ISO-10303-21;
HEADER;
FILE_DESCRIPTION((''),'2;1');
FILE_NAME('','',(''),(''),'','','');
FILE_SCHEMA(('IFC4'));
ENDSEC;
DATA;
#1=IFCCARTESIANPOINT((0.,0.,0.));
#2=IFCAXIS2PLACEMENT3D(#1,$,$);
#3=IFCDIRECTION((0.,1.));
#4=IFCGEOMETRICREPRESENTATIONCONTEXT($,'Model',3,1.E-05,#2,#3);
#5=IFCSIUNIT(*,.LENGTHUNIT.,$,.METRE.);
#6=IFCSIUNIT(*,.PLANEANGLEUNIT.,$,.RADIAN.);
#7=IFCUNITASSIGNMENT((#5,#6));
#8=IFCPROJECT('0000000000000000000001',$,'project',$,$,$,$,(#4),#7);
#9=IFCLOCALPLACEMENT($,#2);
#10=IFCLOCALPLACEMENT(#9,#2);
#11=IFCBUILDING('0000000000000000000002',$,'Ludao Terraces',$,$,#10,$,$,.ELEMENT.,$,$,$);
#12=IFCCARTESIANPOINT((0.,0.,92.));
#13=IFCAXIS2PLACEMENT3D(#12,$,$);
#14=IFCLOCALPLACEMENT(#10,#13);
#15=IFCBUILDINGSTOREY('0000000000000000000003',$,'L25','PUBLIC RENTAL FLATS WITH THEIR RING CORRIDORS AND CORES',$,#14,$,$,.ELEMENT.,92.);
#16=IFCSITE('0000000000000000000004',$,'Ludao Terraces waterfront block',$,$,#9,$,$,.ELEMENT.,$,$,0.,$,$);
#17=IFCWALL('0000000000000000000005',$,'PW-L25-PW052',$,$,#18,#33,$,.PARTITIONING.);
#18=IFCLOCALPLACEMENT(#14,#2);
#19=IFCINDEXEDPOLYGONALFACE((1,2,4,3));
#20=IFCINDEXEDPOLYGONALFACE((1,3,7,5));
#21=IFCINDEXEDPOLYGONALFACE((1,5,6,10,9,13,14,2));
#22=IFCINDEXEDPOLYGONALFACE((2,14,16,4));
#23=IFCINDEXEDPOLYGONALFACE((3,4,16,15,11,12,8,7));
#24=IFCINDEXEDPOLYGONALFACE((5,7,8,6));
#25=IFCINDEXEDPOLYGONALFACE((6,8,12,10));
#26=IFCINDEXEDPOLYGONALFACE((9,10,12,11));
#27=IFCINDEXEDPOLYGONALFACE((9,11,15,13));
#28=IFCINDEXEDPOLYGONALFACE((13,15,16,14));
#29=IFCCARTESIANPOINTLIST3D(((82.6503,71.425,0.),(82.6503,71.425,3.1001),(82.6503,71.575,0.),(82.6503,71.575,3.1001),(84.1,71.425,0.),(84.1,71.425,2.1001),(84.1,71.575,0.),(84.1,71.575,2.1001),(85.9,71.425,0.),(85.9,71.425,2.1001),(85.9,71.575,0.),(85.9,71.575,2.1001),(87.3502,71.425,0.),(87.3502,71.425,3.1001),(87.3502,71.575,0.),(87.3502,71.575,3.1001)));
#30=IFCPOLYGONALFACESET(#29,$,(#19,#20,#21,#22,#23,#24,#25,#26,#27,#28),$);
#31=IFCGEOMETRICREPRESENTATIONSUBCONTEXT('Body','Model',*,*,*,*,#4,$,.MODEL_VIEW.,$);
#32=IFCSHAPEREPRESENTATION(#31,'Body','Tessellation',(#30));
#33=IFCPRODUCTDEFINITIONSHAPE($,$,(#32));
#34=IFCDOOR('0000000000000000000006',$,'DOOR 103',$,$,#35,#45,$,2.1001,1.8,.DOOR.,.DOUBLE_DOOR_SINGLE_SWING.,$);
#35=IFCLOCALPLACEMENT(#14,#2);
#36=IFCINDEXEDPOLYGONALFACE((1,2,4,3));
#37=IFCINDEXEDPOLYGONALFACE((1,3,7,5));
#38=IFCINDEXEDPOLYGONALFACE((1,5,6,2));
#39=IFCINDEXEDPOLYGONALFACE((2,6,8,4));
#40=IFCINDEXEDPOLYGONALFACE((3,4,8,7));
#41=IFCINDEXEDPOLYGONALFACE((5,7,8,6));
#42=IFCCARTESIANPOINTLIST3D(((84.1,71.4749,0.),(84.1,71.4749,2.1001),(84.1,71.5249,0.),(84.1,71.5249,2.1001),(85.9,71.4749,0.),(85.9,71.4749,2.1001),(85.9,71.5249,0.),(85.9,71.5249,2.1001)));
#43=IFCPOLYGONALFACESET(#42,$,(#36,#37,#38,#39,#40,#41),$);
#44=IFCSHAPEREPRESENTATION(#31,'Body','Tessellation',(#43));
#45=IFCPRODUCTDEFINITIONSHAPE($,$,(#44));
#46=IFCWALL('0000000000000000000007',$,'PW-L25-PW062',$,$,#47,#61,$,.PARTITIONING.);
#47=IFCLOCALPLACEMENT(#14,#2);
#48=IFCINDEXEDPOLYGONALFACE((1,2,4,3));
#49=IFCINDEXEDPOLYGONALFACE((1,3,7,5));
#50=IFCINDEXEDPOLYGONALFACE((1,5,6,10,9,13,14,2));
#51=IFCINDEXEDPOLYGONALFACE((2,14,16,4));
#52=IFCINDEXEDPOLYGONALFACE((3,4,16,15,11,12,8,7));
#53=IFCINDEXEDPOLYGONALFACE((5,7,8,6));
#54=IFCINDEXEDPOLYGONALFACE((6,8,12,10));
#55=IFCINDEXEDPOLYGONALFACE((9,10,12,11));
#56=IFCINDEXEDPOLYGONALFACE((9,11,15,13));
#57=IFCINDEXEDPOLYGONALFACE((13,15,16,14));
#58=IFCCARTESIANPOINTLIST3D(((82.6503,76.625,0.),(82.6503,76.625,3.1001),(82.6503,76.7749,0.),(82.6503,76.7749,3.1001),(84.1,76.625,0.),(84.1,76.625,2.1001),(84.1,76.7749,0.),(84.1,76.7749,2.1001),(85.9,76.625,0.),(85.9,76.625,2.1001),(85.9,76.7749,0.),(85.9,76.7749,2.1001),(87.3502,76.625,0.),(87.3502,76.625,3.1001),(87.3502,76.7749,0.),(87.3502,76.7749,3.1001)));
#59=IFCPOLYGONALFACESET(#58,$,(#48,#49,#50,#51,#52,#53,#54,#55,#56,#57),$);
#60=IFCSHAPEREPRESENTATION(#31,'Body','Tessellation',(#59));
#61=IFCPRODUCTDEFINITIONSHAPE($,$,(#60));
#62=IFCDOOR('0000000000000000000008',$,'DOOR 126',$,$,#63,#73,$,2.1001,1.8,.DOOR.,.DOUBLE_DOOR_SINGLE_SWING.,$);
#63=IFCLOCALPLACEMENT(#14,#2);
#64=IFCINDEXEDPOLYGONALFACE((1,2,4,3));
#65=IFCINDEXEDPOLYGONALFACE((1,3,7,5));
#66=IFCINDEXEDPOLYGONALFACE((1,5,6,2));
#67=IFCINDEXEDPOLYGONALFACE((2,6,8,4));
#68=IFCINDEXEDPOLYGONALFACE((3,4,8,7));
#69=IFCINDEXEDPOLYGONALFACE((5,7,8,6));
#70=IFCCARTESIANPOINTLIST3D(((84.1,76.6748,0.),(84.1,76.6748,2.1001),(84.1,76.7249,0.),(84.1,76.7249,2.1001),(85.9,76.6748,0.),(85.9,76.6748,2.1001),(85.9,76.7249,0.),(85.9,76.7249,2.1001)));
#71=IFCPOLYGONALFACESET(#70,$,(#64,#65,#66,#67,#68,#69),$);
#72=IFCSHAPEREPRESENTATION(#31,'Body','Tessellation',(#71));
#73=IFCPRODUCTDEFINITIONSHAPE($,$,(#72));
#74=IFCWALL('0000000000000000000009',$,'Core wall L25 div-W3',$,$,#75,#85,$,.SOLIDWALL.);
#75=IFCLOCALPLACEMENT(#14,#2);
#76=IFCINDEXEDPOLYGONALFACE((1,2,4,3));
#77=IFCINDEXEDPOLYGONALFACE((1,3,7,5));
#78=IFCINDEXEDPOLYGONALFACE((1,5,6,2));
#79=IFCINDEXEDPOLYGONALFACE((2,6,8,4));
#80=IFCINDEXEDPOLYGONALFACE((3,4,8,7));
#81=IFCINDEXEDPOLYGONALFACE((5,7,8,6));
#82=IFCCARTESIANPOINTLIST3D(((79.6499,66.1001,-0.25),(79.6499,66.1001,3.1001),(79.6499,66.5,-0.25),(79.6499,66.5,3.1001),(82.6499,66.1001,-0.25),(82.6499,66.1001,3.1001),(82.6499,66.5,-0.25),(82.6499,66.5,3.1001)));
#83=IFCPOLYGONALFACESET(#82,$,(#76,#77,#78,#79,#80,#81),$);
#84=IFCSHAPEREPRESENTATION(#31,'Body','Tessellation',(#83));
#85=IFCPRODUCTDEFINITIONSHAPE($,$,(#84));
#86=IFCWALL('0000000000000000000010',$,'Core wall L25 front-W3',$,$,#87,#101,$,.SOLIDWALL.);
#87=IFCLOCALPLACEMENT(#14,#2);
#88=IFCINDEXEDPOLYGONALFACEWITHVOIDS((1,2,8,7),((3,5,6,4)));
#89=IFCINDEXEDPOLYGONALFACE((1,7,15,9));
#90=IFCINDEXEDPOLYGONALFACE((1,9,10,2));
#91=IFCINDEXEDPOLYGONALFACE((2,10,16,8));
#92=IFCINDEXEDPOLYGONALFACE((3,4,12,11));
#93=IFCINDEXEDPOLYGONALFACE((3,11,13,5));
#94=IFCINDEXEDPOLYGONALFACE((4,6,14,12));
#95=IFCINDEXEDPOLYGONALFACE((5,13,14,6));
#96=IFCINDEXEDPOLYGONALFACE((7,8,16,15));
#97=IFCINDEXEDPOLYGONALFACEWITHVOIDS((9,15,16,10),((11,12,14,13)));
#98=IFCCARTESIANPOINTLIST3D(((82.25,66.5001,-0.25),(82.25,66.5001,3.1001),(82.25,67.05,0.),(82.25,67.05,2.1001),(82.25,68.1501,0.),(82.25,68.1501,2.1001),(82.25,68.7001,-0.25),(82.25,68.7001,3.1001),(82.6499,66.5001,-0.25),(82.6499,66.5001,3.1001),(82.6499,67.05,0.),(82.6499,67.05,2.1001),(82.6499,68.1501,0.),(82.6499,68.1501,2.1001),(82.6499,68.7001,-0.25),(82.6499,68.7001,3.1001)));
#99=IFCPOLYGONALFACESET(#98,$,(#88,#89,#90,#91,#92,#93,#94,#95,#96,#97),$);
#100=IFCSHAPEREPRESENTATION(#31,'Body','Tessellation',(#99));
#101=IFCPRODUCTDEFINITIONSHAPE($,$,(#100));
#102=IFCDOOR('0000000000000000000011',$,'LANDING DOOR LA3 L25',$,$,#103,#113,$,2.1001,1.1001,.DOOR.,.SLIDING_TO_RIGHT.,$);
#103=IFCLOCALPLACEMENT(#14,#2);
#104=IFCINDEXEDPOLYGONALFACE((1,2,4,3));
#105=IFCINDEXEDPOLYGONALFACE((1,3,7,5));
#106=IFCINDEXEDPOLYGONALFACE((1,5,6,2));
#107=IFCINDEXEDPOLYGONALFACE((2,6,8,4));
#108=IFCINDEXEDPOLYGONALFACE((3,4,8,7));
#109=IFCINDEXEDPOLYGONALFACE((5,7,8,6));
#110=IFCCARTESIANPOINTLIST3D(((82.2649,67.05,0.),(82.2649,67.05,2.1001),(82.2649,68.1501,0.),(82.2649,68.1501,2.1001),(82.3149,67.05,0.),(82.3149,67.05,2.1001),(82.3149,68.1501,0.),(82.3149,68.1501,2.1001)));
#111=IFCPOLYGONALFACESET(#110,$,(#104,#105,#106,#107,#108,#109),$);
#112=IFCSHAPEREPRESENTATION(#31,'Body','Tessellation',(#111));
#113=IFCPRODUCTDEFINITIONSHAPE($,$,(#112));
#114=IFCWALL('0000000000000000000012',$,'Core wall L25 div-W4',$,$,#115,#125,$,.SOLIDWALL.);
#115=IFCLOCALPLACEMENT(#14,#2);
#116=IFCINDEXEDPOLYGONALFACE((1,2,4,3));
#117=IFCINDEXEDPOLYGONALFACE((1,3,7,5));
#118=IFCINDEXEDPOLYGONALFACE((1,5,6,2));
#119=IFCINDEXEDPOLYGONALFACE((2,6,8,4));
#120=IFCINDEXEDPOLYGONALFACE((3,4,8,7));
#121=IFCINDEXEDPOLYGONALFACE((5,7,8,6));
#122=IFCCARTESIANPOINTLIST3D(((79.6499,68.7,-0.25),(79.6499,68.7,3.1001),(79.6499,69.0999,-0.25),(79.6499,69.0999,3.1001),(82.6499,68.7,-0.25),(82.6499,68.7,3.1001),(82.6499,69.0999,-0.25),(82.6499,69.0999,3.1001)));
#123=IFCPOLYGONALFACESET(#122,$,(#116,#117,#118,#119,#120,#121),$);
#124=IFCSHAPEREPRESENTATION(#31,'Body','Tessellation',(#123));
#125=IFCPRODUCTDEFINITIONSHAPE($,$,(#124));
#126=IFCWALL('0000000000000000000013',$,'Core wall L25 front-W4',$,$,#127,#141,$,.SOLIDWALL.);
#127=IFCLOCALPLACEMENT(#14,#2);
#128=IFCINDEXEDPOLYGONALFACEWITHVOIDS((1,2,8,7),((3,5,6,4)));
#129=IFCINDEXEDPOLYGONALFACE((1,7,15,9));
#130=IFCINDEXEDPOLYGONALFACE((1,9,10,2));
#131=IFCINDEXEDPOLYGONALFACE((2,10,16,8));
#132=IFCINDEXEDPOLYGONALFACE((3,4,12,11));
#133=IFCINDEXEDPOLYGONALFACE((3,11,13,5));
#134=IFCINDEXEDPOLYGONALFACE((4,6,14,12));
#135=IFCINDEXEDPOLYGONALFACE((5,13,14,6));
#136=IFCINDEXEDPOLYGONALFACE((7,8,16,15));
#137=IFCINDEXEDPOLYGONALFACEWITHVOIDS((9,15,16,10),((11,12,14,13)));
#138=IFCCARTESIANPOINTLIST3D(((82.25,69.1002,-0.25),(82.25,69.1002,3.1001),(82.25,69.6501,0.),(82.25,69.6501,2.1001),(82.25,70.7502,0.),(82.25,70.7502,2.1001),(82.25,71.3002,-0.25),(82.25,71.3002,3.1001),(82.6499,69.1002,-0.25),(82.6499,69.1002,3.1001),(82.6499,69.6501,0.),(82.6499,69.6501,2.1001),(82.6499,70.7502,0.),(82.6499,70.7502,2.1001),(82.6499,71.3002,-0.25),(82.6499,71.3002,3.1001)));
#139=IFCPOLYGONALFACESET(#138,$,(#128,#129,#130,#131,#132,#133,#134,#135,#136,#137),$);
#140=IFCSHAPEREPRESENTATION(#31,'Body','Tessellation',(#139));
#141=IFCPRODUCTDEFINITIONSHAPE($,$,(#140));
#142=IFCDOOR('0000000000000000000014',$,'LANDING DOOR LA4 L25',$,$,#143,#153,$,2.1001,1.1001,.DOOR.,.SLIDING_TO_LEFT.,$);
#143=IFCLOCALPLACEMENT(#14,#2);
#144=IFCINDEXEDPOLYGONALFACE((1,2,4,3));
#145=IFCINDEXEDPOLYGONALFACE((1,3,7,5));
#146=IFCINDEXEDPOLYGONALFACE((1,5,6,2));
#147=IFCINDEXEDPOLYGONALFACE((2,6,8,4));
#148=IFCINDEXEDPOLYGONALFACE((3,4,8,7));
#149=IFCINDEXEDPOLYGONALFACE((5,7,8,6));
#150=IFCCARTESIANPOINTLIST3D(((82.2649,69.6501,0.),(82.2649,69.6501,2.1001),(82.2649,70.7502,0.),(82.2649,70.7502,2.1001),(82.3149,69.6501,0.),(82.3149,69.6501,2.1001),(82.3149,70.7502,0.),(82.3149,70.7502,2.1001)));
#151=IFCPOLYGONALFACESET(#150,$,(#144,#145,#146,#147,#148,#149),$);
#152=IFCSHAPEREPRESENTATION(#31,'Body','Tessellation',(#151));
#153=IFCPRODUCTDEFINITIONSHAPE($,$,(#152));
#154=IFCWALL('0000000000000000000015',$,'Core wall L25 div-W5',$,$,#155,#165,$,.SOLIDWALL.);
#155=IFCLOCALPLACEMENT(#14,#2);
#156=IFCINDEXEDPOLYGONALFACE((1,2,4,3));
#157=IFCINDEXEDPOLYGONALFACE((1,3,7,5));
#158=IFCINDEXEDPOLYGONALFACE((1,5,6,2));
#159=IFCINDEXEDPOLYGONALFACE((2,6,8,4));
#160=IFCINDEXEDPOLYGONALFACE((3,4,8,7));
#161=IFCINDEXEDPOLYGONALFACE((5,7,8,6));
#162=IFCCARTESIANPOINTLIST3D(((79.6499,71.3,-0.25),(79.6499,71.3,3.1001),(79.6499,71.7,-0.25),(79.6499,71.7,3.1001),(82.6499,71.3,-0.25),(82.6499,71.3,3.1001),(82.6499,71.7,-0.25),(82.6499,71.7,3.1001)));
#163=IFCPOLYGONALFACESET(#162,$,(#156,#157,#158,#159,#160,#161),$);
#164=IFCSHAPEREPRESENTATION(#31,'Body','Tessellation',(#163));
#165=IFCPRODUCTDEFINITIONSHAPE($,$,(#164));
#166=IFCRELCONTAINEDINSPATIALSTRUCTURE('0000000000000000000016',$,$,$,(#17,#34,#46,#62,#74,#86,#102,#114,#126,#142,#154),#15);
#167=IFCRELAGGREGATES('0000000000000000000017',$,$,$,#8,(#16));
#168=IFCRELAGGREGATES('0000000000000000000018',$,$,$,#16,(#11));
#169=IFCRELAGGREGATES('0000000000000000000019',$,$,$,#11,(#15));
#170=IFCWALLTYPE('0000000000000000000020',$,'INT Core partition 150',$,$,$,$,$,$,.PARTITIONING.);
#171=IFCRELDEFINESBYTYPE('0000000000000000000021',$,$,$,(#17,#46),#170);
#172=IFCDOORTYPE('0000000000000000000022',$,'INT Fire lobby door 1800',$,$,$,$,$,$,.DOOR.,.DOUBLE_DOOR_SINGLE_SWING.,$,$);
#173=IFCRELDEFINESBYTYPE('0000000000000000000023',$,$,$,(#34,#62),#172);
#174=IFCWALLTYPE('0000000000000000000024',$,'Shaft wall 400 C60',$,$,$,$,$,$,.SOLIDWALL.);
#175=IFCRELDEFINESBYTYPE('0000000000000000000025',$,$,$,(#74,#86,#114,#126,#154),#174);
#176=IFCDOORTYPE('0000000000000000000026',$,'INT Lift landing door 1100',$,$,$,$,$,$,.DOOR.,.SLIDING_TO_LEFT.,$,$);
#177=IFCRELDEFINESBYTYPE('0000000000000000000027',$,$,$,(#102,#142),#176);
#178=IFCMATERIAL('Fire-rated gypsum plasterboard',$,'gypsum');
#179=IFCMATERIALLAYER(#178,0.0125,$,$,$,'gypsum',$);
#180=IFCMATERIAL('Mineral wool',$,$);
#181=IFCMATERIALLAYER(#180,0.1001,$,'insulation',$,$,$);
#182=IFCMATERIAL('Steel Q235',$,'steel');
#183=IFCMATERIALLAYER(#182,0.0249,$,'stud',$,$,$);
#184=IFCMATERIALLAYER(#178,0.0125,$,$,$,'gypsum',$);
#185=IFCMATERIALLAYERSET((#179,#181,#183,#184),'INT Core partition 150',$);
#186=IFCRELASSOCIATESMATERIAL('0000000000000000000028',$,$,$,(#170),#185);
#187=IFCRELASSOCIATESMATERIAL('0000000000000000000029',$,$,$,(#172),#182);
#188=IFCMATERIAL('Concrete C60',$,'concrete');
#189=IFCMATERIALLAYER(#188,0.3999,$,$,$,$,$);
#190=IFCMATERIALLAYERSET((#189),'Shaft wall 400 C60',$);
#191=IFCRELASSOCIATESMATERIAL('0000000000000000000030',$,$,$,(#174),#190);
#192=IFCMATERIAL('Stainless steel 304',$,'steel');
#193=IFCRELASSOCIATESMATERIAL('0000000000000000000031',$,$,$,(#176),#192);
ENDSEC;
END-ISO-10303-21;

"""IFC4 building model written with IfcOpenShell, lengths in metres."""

from ifc_helpers import new_model, si_unit, direction, frame, frame_2d, origin, place, context, subcontext, project, spatial, rectangle, extrude, material, layer, layer_set, type_object, element, fill, save


model = new_model("IFC4")

# Units and contexts
model_context = context("Model", 3, precision=1e-05, world=origin(), true_north=direction((0.0, 1.0)))
body_context = subcontext(model_context, "Body", "Model", "MODEL_VIEW")
ifc_project = project(units=[si_unit("LENGTHUNIT", "METRE"), si_unit("PLANEANGLEUNIT", "RADIAN")], contexts=[model_context])

# Site, building, storey
site_placement = place(None, origin())
site = spatial("IfcSite", under=ifc_project, at=site_placement, Name="Ludao Terraces waterfront block", CompositionType="ELEMENT", RefElevation=0.0)
building_placement = place(site_placement, origin())
building = spatial("IfcBuilding", under=site, at=building_placement, Name="Ludao Terraces", CompositionType="ELEMENT")
storey_placement = place(building_placement, frame((0.0, 0.0, 92.0)))
storey = spatial("IfcBuildingStorey", under=building, at=storey_placement, Name="L25", Description="PUBLIC RENTAL FLATS WITH THEIR RING CORRIDORS AND CORES", CompositionType="ELEMENT", Elevation=92.0)

# Walls, openings, doors
ifc_material_1 = material(Name="Fire-rated gypsum plasterboard", Category="gypsum")
ifc_layer_1 = layer(ifc_material_1, 0.0125, Category="gypsum")
ifc_material_2 = material(Name="Mineral wool")
ifc_layer_2 = layer(ifc_material_2, 0.1001, Name="insulation")
ifc_material_3 = material(Name="Steel Q235", Category="steel")
ifc_layer_3 = layer(ifc_material_3, 0.0249, Name="stud")
ifc_layer_4 = layer(ifc_material_1, 0.0125, Category="gypsum")
ifc_layer_set_1 = layer_set([ifc_layer_1, ifc_layer_2, ifc_layer_3, ifc_layer_4], Name="INT Core partition 150")
wall_type_1 = type_object("IfcWallType", Name="INT Core partition 150", PredefinedType="PARTITIONING", material=ifc_layer_set_1)
wall_1_placement = place(storey_placement, frame((82.6501, 71.5, 0.0), z_axis=(0.0, 0.0, 1.0), x_axis=(1.0, 0.0, 0.0)))
wall_1 = element("IfcWall", 1, at=wall_1_placement, inside=storey, type_object=wall_type_1, Name="PW-L25-PW052", PredefinedType="PARTITIONING", context=body_context, shape_type="SweptSolid", body=[
    extrude(rectangle(XDim=4.7, YDim=0.1499, at=frame_2d((2.3501, 0.0))), origin(), (0.0, 0.0, 1.0), 3.1001),
])
opening_1_placement = place(wall_1_placement, frame((1.45, 0.0, 0.0)))
opening_1 = element("IfcOpeningElement", 2, at=opening_1_placement, cuts=wall_1, PredefinedType="OPENING", context=body_context, shape_type="SweptSolid", body=[
    extrude(rectangle(XDim=1.8, YDim=2.1001, at=frame_2d((0.8999, 1.05))), frame((0.0, 0.085, 0.0), z_axis=(0.0, -1.0, 0.0), x_axis=(1.0, 0.0, 0.0)), (0.0, 0.0, 1.0), 0.1699),
])
door_type_1 = type_object("IfcDoorType", Name="INT Fire lobby door 1800", OperationType="DOUBLE_DOOR_SINGLE_SWING", PredefinedType="DOOR", material=ifc_material_3)
door_1_placement = place(opening_1_placement, origin())
door_1 = element("IfcDoor", 3, at=door_1_placement, inside=storey, type_object=door_type_1, Name="DOOR 103", OperationType="DOUBLE_DOOR_SINGLE_SWING", OverallHeight=2.1001, OverallWidth=1.8, PredefinedType="DOOR", context=body_context, shape_type="SweptSolid", body=[
    extrude(rectangle(XDim=1.8, YDim=2.1001, at=frame_2d((0.8999, 1.05))), frame((0.0, 0.0249, 0.0), z_axis=(0.0, -1.0, 0.0), x_axis=(1.0, 0.0, 0.0)), (0.0, 0.0, 1.0), 0.05),
])
fill(opening_1, door_1)
wall_2_placement = place(storey_placement, frame((82.6501, 76.7, 0.0), z_axis=(0.0, 0.0, 1.0), x_axis=(1.0, 0.0, 0.0)))
wall_2 = element("IfcWall", 4, at=wall_2_placement, inside=storey, type_object=wall_type_1, Name="PW-L25-PW062", PredefinedType="PARTITIONING", context=body_context, shape_type="SweptSolid", body=[
    extrude(rectangle(XDim=4.7, YDim=0.1499, at=frame_2d((2.3501, 0.0))), origin(), (0.0, 0.0, 1.0), 3.1001),
])
opening_2_placement = place(wall_2_placement, frame((1.45, 0.0, 0.0)))
opening_2 = element("IfcOpeningElement", 5, at=opening_2_placement, cuts=wall_2, PredefinedType="OPENING", context=body_context, shape_type="SweptSolid", body=[
    extrude(rectangle(XDim=1.8, YDim=2.1001, at=frame_2d((0.8999, 1.05))), frame((0.0, 0.085, 0.0), z_axis=(0.0, -1.0, 0.0), x_axis=(1.0, 0.0, 0.0)), (0.0, 0.0, 1.0), 0.1699),
])
door_2_placement = place(opening_2_placement, origin())
door_2 = element("IfcDoor", 6, at=door_2_placement, inside=storey, type_object=door_type_1, Name="DOOR 126", OperationType="DOUBLE_DOOR_SINGLE_SWING", OverallHeight=2.1001, OverallWidth=1.8, PredefinedType="DOOR", context=body_context, shape_type="SweptSolid", body=[
    extrude(rectangle(XDim=1.8, YDim=2.1001, at=frame_2d((0.8999, 1.05))), frame((0.0, 0.0249, 0.0), z_axis=(0.0, -1.0, 0.0), x_axis=(1.0, 0.0, 0.0)), (0.0, 0.0, 1.0), 0.05),
])
fill(opening_2, door_2)

# Wall
ifc_material_4 = material(Name="Concrete C60", Category="concrete")
ifc_layer_5 = layer(ifc_material_4, 0.3999)
ifc_layer_set_2 = layer_set([ifc_layer_5], Name="Shaft wall 400 C60")
wall_type_2 = type_object("IfcWallType", Name="Shaft wall 400 C60", PredefinedType="SOLIDWALL", material=ifc_layer_set_2)
wall_3_placement = place(storey_placement, frame((79.6499, 66.3, -0.25), z_axis=(0.0, 0.0, 1.0), x_axis=(1.0, 0.0, 0.0)))
element("IfcWall", 7, at=wall_3_placement, inside=storey, type_object=wall_type_2, Name="Core wall L25 div-W3", PredefinedType="SOLIDWALL", context=body_context, shape_type="SweptSolid", body=[
    extrude(rectangle(XDim=3.0, YDim=0.3999, at=frame_2d((1.5, 0.0))), origin(), (0.0, 0.0, 1.0), 3.3501),
])

# Wall, opening, door
wall_4_placement = place(storey_placement, frame((82.45, 66.5, -0.25), z_axis=(0.0, 0.0, 1.0), x_axis=(0.0, 1.0, 0.0)))
wall_4 = element("IfcWall", 8, at=wall_4_placement, inside=storey, type_object=wall_type_2, Name="Core wall L25 front-W3", PredefinedType="SOLIDWALL", context=body_context, shape_type="SweptSolid", body=[
    extrude(rectangle(XDim=2.2, YDim=0.3999, at=frame_2d((1.1001, 0.0))), origin(), (0.0, 0.0, 1.0), 3.3501),
])
opening_3_placement = place(wall_4_placement, frame((0.55, 0.0, 0.25)))
opening_3 = element("IfcOpeningElement", 9, at=opening_3_placement, cuts=wall_4, PredefinedType="OPENING", context=body_context, shape_type="SweptSolid", body=[
    extrude(rectangle(XDim=1.1001, YDim=2.1001, at=frame_2d((0.55, 1.05))), frame((0.0, 0.21, 0.0), z_axis=(0.0, -1.0, 0.0), x_axis=(1.0, 0.0, 0.0)), (0.0, 0.0, 1.0), 0.4199),
])
ifc_material_5 = material(Name="Stainless steel 304", Category="steel")
door_type_2 = type_object("IfcDoorType", Name="INT Lift landing door 1100", OperationType="SLIDING_TO_LEFT", PredefinedType="DOOR", material=ifc_material_5)
door_3_placement = place(opening_3_placement, origin())
door_3 = element("IfcDoor", 10, at=door_3_placement, inside=storey, type_object=door_type_2, Name="LANDING DOOR LA3 L25", OperationType="SLIDING_TO_RIGHT", OverallHeight=2.1001, OverallWidth=1.1001, PredefinedType="DOOR", context=body_context, shape_type="SweptSolid", body=[
    extrude(rectangle(XDim=1.1001, YDim=2.1001, at=frame_2d((0.55, 1.05))), frame((0.0, 0.1851, 0.0), z_axis=(0.0, -1.0, 0.0), x_axis=(1.0, 0.0, 0.0)), (0.0, 0.0, 1.0), 0.05),
])
fill(opening_3, door_3)

# Wall
wall_5_placement = place(storey_placement, frame((79.6499, 68.8999, -0.25), z_axis=(0.0, 0.0, 1.0), x_axis=(1.0, 0.0, 0.0)))
element("IfcWall", 11, at=wall_5_placement, inside=storey, type_object=wall_type_2, Name="Core wall L25 div-W4", PredefinedType="SOLIDWALL", context=body_context, shape_type="SweptSolid", body=[
    extrude(rectangle(XDim=3.0, YDim=0.3999, at=frame_2d((1.5, 0.0))), origin(), (0.0, 0.0, 1.0), 3.3501),
])

# Wall, opening, door
wall_6_placement = place(storey_placement, frame((82.45, 69.1001, -0.25), z_axis=(0.0, 0.0, 1.0), x_axis=(0.0, 1.0, 0.0)))
wall_6 = element("IfcWall", 12, at=wall_6_placement, inside=storey, type_object=wall_type_2, Name="Core wall L25 front-W4", PredefinedType="SOLIDWALL", context=body_context, shape_type="SweptSolid", body=[
    extrude(rectangle(XDim=2.2, YDim=0.3999, at=frame_2d((1.1001, 0.0))), origin(), (0.0, 0.0, 1.0), 3.3501),
])
opening_4_placement = place(wall_6_placement, frame((0.55, 0.0, 0.25)))
opening_4 = element("IfcOpeningElement", 13, at=opening_4_placement, cuts=wall_6, PredefinedType="OPENING", context=body_context, shape_type="SweptSolid", body=[
    extrude(rectangle(XDim=1.1001, YDim=2.1001, at=frame_2d((0.55, 1.05))), frame((0.0, 0.21, 0.0), z_axis=(0.0, -1.0, 0.0), x_axis=(1.0, 0.0, 0.0)), (0.0, 0.0, 1.0), 0.4199),
])
door_4_placement = place(opening_4_placement, origin())
door_4 = element("IfcDoor", 14, at=door_4_placement, inside=storey, type_object=door_type_2, Name="LANDING DOOR LA4 L25", OperationType="SLIDING_TO_LEFT", OverallHeight=2.1001, OverallWidth=1.1001, PredefinedType="DOOR", context=body_context, shape_type="SweptSolid", body=[
    extrude(rectangle(XDim=1.1001, YDim=2.1001, at=frame_2d((0.55, 1.05))), frame((0.0, 0.1851, 0.0), z_axis=(0.0, -1.0, 0.0), x_axis=(1.0, 0.0, 0.0)), (0.0, 0.0, 1.0), 0.05),
])
fill(opening_4, door_4)

# Wall
wall_7_placement = place(storey_placement, frame((79.6499, 71.5, -0.25), z_axis=(0.0, 0.0, 1.0), x_axis=(1.0, 0.0, 0.0)))
element("IfcWall", 15, at=wall_7_placement, inside=storey, type_object=wall_type_2, Name="Core wall L25 div-W5", PredefinedType="SOLIDWALL", context=body_context, shape_type="SweptSolid", body=[
    extrude(rectangle(XDim=3.0, YDim=0.3999, at=frame_2d((1.5, 0.0))), origin(), (0.0, 0.0, 1.0), 3.3501),
])

save(model, "model.ifc")
